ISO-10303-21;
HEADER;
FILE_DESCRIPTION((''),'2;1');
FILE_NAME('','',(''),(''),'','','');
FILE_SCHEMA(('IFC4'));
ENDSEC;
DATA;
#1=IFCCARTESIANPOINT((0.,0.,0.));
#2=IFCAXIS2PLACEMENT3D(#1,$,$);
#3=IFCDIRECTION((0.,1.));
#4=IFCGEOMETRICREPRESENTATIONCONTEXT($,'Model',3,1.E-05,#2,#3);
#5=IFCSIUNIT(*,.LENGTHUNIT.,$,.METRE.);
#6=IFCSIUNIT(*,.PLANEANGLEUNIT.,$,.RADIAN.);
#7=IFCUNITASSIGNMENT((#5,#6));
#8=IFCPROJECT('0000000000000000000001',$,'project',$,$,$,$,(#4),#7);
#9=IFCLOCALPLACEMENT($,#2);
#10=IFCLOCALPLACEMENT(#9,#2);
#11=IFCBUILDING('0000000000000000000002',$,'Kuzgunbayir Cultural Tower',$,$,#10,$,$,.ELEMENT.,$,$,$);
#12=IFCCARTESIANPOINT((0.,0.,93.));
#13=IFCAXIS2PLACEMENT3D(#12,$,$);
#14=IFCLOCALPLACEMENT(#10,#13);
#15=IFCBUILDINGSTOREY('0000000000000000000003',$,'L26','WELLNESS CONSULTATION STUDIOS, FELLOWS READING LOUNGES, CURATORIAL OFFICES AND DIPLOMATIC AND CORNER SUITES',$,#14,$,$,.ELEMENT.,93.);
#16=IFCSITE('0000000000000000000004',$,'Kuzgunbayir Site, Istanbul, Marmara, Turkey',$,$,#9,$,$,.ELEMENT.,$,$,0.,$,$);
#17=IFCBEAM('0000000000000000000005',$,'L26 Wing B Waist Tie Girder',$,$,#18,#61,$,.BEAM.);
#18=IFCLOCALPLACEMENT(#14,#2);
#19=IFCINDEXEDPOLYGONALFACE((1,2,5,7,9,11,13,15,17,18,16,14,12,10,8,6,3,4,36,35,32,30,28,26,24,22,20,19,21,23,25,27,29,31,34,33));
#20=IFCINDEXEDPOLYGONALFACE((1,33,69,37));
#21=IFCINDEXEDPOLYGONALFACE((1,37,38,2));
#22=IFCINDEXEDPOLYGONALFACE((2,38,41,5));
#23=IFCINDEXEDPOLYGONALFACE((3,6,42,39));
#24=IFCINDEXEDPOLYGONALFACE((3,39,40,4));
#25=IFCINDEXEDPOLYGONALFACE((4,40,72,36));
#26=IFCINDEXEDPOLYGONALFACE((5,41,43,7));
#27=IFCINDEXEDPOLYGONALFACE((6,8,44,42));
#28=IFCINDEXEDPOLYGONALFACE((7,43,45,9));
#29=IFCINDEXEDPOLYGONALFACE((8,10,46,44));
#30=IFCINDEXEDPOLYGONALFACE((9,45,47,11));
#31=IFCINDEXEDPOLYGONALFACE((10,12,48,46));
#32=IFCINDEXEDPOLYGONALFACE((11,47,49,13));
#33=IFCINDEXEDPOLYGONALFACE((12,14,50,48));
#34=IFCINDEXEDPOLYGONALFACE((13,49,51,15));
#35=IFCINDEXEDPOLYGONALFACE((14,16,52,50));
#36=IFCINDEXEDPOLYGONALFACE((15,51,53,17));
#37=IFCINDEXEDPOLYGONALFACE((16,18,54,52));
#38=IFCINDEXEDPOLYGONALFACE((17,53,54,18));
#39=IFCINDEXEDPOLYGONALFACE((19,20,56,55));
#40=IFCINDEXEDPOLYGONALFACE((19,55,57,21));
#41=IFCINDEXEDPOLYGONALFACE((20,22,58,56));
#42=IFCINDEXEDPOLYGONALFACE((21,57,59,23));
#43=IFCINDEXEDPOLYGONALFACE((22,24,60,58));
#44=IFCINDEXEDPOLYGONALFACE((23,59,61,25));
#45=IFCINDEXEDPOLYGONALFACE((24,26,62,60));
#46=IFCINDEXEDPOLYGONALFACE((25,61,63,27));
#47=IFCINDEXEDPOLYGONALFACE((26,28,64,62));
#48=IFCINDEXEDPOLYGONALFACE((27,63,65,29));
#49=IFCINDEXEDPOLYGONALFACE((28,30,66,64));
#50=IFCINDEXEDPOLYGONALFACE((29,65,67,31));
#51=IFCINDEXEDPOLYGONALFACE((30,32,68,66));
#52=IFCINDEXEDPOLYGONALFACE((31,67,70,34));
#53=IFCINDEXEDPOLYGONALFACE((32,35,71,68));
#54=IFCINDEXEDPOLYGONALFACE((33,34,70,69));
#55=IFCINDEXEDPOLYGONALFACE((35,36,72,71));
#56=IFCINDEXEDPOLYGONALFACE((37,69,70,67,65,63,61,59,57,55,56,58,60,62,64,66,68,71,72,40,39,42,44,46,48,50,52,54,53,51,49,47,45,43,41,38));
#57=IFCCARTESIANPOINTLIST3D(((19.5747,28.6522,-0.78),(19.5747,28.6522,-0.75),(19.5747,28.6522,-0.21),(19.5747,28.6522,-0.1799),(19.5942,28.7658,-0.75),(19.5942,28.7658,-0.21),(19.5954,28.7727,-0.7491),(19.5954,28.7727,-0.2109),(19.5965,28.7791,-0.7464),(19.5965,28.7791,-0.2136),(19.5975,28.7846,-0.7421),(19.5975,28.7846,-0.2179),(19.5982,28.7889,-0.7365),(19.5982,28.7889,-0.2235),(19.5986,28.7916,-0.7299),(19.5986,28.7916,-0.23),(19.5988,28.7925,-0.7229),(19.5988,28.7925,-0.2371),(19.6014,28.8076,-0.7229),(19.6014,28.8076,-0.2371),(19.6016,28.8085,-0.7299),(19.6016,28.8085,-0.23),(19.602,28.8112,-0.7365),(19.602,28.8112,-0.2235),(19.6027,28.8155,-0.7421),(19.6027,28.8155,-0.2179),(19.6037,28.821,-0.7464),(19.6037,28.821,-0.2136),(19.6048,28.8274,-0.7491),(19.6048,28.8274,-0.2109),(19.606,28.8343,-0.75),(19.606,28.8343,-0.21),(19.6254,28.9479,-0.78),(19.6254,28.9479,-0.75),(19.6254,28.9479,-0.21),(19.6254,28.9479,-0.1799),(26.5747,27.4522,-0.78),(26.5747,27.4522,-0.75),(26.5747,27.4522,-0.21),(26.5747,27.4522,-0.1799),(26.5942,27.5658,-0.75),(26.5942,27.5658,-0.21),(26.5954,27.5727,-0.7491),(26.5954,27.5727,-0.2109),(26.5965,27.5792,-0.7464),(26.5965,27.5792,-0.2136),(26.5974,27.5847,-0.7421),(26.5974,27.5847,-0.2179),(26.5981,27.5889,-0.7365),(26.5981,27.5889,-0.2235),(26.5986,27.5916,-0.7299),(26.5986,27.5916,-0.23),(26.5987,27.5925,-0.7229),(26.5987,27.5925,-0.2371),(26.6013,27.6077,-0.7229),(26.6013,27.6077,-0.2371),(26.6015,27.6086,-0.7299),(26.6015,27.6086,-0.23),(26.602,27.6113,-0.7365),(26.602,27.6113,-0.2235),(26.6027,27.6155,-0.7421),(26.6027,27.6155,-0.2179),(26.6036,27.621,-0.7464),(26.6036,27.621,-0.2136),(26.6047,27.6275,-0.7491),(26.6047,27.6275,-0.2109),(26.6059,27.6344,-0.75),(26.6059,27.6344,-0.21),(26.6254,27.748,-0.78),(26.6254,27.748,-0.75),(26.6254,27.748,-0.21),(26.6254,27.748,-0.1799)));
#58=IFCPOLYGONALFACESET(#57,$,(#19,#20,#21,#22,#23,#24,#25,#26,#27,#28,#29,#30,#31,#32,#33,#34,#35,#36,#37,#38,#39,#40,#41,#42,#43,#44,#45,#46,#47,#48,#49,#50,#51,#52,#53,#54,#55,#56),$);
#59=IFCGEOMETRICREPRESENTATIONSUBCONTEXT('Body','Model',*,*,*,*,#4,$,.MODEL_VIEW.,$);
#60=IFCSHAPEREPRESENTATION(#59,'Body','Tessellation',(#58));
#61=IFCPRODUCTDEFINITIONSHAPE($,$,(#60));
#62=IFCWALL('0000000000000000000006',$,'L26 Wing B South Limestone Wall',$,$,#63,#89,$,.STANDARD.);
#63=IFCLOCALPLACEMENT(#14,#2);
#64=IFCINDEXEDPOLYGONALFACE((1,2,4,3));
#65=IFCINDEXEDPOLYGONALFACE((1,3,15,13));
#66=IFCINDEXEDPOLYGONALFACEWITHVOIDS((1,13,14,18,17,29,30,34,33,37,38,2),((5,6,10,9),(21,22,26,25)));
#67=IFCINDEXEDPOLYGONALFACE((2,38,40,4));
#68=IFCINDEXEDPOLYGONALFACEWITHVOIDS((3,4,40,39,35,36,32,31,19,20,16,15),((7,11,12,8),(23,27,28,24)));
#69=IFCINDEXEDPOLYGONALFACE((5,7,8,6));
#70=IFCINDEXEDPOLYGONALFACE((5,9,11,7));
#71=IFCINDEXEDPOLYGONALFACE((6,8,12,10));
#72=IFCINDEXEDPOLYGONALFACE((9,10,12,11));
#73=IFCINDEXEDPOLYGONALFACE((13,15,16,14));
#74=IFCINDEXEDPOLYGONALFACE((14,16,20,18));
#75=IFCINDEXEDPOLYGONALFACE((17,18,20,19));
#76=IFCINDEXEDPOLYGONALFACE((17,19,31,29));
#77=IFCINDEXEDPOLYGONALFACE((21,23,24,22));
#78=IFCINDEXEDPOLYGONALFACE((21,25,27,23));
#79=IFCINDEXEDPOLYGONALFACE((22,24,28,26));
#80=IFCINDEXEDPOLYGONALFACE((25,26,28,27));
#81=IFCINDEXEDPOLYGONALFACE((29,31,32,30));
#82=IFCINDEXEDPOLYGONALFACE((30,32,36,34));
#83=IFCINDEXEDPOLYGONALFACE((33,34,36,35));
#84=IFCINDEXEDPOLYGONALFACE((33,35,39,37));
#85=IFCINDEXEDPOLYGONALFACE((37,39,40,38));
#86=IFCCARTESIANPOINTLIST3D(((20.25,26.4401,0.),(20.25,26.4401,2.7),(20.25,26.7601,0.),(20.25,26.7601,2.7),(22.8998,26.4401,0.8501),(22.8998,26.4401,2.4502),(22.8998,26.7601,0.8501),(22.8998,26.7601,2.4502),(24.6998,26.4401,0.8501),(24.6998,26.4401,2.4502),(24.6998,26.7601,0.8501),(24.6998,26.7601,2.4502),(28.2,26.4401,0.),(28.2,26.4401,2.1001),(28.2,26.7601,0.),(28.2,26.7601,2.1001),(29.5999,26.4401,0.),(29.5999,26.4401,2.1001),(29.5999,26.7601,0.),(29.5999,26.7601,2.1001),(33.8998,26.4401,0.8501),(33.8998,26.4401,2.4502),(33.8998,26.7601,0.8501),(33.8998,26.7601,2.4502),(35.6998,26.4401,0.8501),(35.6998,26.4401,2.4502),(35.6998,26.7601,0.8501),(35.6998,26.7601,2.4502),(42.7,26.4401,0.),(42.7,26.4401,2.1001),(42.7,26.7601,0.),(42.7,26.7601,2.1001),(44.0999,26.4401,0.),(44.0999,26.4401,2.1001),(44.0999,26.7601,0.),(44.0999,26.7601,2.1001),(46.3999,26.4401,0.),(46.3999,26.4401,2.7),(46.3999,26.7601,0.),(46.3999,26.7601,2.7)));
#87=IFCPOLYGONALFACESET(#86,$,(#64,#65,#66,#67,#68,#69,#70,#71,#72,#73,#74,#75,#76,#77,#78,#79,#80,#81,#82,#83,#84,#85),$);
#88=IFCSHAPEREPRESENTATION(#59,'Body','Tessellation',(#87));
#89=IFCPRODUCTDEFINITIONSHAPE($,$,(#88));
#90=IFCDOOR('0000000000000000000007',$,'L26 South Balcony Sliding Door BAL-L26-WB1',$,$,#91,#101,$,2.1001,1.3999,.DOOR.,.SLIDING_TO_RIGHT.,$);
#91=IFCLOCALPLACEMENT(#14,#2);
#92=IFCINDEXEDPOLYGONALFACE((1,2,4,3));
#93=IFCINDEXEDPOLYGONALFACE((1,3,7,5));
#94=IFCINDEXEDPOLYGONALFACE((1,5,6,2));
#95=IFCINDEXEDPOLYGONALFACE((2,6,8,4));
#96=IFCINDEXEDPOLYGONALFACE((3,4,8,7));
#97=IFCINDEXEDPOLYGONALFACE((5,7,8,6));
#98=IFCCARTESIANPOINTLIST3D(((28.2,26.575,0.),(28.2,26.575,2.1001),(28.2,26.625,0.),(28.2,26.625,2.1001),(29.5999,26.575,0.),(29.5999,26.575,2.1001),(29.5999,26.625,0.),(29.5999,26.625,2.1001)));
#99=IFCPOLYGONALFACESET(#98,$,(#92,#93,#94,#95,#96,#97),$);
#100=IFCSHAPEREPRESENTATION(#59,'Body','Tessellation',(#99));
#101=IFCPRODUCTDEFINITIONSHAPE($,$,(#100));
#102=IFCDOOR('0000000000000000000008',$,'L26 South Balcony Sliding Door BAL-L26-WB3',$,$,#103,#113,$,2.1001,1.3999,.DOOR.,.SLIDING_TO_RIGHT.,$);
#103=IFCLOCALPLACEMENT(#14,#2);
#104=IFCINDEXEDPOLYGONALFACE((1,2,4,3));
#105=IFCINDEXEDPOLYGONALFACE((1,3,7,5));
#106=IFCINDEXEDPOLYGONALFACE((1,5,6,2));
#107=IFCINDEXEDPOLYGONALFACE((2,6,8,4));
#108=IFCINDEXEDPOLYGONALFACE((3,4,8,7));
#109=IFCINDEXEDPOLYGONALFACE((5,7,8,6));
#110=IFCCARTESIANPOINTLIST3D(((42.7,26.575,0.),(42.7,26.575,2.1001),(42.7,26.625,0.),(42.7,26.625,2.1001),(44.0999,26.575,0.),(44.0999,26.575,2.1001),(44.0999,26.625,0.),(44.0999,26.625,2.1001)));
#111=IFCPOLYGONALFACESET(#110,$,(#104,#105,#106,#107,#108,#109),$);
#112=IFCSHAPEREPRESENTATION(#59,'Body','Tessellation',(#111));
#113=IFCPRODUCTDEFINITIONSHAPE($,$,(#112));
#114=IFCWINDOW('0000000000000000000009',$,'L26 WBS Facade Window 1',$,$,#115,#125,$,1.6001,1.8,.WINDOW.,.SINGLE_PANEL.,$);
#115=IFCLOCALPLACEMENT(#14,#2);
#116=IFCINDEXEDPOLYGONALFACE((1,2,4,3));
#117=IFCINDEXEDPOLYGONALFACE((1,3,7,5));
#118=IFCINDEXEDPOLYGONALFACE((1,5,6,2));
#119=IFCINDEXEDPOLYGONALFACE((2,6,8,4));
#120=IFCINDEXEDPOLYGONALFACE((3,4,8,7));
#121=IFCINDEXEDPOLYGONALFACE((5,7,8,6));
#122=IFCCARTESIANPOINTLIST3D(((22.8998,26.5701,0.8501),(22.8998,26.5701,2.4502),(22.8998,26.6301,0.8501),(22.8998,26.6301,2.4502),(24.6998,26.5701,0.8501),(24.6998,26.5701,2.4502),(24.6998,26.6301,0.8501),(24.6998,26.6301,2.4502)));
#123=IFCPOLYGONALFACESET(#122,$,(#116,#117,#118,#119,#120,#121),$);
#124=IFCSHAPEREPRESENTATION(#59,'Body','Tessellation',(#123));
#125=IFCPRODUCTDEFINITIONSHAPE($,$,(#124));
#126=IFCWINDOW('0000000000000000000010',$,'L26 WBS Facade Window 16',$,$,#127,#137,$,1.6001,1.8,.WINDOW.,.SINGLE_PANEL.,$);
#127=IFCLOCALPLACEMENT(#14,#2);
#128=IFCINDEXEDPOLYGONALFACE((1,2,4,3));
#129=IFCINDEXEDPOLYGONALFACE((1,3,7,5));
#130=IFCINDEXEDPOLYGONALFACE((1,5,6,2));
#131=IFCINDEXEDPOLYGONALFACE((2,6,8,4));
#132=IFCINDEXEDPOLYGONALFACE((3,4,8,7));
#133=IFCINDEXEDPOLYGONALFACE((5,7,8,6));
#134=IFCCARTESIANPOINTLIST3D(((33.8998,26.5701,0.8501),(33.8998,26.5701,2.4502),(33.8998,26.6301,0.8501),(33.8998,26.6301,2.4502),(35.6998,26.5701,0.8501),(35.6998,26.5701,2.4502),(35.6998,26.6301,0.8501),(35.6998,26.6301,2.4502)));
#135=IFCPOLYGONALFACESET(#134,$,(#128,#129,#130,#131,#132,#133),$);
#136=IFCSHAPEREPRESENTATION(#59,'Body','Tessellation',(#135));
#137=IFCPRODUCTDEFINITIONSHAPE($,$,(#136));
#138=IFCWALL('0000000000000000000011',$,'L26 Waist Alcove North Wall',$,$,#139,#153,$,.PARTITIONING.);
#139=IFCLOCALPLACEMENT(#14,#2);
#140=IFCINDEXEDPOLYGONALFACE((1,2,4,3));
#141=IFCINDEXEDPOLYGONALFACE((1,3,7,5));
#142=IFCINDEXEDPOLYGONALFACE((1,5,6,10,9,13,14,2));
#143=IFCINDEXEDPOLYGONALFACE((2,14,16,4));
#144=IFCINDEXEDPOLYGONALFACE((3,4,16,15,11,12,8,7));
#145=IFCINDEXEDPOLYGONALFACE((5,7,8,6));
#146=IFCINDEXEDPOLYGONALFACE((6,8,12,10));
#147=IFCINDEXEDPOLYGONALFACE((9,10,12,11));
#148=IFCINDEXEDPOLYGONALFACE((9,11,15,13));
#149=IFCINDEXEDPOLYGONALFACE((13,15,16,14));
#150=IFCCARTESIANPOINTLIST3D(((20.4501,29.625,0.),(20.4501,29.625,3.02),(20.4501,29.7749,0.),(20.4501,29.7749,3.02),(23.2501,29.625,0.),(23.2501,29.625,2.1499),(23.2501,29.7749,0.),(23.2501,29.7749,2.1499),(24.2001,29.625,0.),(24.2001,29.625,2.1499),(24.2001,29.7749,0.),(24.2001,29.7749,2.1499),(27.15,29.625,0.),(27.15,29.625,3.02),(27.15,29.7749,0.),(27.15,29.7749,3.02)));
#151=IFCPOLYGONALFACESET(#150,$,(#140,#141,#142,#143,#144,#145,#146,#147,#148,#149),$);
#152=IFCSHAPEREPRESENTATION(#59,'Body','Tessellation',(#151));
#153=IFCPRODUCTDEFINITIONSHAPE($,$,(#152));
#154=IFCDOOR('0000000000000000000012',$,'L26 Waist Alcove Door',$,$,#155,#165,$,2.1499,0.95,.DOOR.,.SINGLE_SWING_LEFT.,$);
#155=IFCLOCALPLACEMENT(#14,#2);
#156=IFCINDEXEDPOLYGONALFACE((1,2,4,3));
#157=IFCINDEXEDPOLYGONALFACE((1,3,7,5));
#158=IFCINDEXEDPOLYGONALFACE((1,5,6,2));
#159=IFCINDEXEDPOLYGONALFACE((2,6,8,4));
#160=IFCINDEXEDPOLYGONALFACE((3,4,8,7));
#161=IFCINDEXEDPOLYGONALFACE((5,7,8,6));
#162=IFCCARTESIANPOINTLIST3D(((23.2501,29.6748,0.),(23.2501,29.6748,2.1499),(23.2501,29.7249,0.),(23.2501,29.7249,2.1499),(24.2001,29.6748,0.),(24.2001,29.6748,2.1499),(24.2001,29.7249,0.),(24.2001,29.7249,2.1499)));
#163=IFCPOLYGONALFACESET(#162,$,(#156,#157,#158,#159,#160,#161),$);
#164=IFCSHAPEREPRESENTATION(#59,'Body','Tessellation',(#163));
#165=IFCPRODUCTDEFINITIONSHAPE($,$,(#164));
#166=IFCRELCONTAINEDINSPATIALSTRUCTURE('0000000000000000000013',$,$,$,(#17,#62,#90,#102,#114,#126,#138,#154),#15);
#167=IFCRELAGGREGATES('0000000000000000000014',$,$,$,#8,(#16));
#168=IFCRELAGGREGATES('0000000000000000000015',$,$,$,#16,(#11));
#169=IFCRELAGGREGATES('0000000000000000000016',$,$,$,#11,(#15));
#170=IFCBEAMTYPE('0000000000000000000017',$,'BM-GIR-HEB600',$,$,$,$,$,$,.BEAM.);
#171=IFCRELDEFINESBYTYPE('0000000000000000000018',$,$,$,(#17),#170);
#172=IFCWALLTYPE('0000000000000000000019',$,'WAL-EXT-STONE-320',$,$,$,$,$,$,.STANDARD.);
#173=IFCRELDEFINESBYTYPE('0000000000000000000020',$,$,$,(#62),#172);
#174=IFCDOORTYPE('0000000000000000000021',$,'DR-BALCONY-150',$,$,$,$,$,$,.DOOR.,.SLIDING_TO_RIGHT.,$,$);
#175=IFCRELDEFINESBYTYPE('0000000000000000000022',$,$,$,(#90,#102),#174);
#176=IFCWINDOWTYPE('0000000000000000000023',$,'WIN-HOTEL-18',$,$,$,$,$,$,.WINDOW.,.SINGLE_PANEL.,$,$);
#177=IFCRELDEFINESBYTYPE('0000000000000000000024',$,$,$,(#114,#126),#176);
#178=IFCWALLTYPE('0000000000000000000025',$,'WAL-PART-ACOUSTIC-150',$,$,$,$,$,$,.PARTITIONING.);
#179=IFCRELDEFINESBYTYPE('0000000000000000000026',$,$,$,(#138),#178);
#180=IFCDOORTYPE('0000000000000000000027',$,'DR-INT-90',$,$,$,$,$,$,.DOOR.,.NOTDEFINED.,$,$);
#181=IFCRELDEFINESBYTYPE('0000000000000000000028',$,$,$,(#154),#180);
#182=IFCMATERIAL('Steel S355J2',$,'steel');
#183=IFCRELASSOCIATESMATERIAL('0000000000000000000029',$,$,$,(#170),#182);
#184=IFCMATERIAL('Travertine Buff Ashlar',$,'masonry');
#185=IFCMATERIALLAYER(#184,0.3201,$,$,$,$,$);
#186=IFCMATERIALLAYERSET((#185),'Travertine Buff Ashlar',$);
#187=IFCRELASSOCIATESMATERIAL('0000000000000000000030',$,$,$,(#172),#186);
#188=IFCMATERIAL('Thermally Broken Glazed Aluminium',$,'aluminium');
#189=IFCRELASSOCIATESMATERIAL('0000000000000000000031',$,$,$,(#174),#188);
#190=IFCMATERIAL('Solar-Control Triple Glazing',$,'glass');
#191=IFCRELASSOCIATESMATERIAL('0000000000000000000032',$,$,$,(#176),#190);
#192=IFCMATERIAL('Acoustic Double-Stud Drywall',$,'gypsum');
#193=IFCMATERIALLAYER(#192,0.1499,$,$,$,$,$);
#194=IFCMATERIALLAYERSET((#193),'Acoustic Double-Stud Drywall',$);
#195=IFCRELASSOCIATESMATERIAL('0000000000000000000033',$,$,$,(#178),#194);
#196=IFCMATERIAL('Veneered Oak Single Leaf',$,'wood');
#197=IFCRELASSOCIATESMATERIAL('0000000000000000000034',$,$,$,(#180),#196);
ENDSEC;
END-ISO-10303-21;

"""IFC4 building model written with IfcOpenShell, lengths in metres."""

from ifc_helpers import new_model, si_unit, direction, frame, frame_2d, origin, origin_2d, place, context, subcontext, project, spatial, rectangle, i_section, extrude, material, layer, layer_set, material_profile, profile_set, type_object, element, fill, save


model = new_model("IFC4")

# Units and contexts
model_context = context("Model", 3, precision=1e-05, world=origin(), true_north=direction((0.0, 1.0)))
body_context = subcontext(model_context, "Body", "Model", "MODEL_VIEW")
ifc_project = project(units=[si_unit("LENGTHUNIT", "METRE"), si_unit("PLANEANGLEUNIT", "RADIAN")], contexts=[model_context])

# Site, building, storey
site_placement = place(None, origin())
site = spatial("IfcSite", under=ifc_project, at=site_placement, Name="Kuzgunbayir Site, Istanbul, Marmara, Turkey", CompositionType="ELEMENT", RefElevation=0.0)
building_placement = place(site_placement, origin())
building = spatial("IfcBuilding", under=site, at=building_placement, Name="Kuzgunbayir Cultural Tower", CompositionType="ELEMENT")
storey_placement = place(building_placement, frame((0.0, 0.0, 93.0)))
storey = spatial("IfcBuildingStorey", under=building, at=storey_placement, Name="L26", Description="WELLNESS CONSULTATION STUDIOS, FELLOWS READING LOUNGES, CURATORIAL OFFICES AND DIPLOMATIC AND CORNER SUITES", CompositionType="ELEMENT", Elevation=93.0)

# Beam
ifc_material_1 = material(Name="Steel S355J2", Category="steel")
ifc_material_profile_1 = material_profile(ifc_material_1, i_section(OverallWidth=0.3, OverallDepth=0.6001, WebThickness=0.0154, FlangeThickness=0.03, FilletRadius=0.0271, at=origin_2d()), Name="HEB 600")
ifc_profile_set_1 = profile_set([ifc_material_profile_1], Name="Steel S355J2")
beam_type_1 = type_object("IfcBeamType", Name="BM-GIR-HEB600", PredefinedType="BEAM", material=ifc_profile_set_1)
beam_1_placement = place(storey_placement, frame((19.6001, 28.8, -0.48), z_axis=(0.985623, -0.168957, 0.0), x_axis=(0.168957, 0.985623, 0.0)))
element("IfcBeam", 1, at=beam_1_placement, inside=storey, type_object=beam_type_1, Name="L26 Wing B Waist Tie Girder", PredefinedType="BEAM", context=body_context, shape_type="SweptSolid", body=[
    extrude(i_section(OverallWidth=0.3, OverallDepth=0.6001, WebThickness=0.0154, FlangeThickness=0.03, FilletRadius=0.0271, at=origin_2d()), origin(), (0.0, 0.0, 1.0), 7.1021),
])

# Wall, openings, doors, windows
ifc_material_2 = material(Name="Travertine Buff Ashlar", Category="masonry")
ifc_layer_1 = layer(ifc_material_2, 0.3201)
ifc_layer_set_1 = layer_set([ifc_layer_1], Name="Travertine Buff Ashlar")
wall_type_1 = type_object("IfcWallType", Name="WAL-EXT-STONE-320", PredefinedType="STANDARD", material=ifc_layer_set_1)
wall_1_placement = place(storey_placement, frame((20.25, 26.6001, 0.0), z_axis=(0.0, 0.0, 1.0), x_axis=(1.0, 0.0, 0.0)))
wall_1 = element("IfcWall", 2, at=wall_1_placement, inside=storey, type_object=wall_type_1, Name="L26 Wing B South Limestone Wall", PredefinedType="STANDARD", context=body_context, shape_type="SweptSolid", body=[
    extrude(rectangle(XDim=26.1499, YDim=0.3201, at=frame_2d((13.075, 0.0))), origin(), (0.0, 0.0, 1.0), 2.7),
])
opening_1_placement = place(wall_1_placement, frame((7.95, 0.0, 0.0)))
opening_1 = element("IfcOpeningElement", 3, at=opening_1_placement, cuts=wall_1, PredefinedType="OPENING", context=body_context, shape_type="SweptSolid", body=[
    extrude(rectangle(XDim=1.3999, YDim=2.1001, at=frame_2d((0.7, 1.05))), frame((0.0, 0.1699, 0.0), z_axis=(0.0, -1.0, 0.0), x_axis=(1.0, 0.0, 0.0)), (0.0, 0.0, 1.0), 0.3401),
])
opening_2_placement = place(wall_1_placement, frame((22.45, 0.0, 0.0)))
opening_2 = element("IfcOpeningElement", 4, at=opening_2_placement, cuts=wall_1, PredefinedType="OPENING", context=body_context, shape_type="SweptSolid", body=[
    extrude(rectangle(XDim=1.3999, YDim=2.1001, at=frame_2d((0.7, 1.05))), frame((0.0, 0.1699, 0.0), z_axis=(0.0, -1.0, 0.0), x_axis=(1.0, 0.0, 0.0)), (0.0, 0.0, 1.0), 0.3401),
])
opening_3_placement = place(wall_1_placement, frame((2.6499, 0.0, 0.8501)))
opening_3 = element("IfcOpeningElement", 5, at=opening_3_placement, cuts=wall_1, PredefinedType="OPENING", context=body_context, shape_type="SweptSolid", body=[
    extrude(rectangle(XDim=1.8, YDim=1.6001, at=frame_2d((0.8999, 0.8))), frame((0.0, 0.1699, 0.0), z_axis=(0.0, -1.0, 0.0), x_axis=(1.0, 0.0, 0.0)), (0.0, 0.0, 1.0), 0.3401),
])
opening_4_placement = place(wall_1_placement, frame((13.6499, 0.0, 0.8501)))
opening_4 = element("IfcOpeningElement", 6, at=opening_4_placement, cuts=wall_1, PredefinedType="OPENING", context=body_context, shape_type="SweptSolid", body=[
    extrude(rectangle(XDim=1.8, YDim=1.6001, at=frame_2d((0.8999, 0.8))), frame((0.0, 0.1699, 0.0), z_axis=(0.0, -1.0, 0.0), x_axis=(1.0, 0.0, 0.0)), (0.0, 0.0, 1.0), 0.3401),
])
ifc_material_3 = material(Name="Thermally Broken Glazed Aluminium", Category="aluminium")
door_type_1 = type_object("IfcDoorType", Name="DR-BALCONY-150", OperationType="SLIDING_TO_RIGHT", PredefinedType="DOOR", material=ifc_material_3)
door_1_placement = place(opening_1_placement, origin())
door_1 = element("IfcDoor", 7, at=door_1_placement, inside=storey, type_object=door_type_1, Name="L26 South Balcony Sliding Door BAL-L26-WB1", OperationType="SLIDING_TO_RIGHT", OverallHeight=2.1001, OverallWidth=1.3999, PredefinedType="DOOR", context=body_context, shape_type="SweptSolid", body=[
    extrude(rectangle(XDim=1.3999, YDim=2.1001, at=frame_2d((0.7, 1.05))), frame((0.0, 0.0249, 0.0), z_axis=(0.0, -1.0, 0.0), x_axis=(1.0, 0.0, 0.0)), (0.0, 0.0, 1.0), 0.05),
])
fill(opening_1, door_1)
door_2_placement = place(opening_2_placement, origin())
door_2 = element("IfcDoor", 8, at=door_2_placement, inside=storey, type_object=door_type_1, Name="L26 South Balcony Sliding Door BAL-L26-WB3", OperationType="SLIDING_TO_RIGHT", OverallHeight=2.1001, OverallWidth=1.3999, PredefinedType="DOOR", context=body_context, shape_type="SweptSolid", body=[
    extrude(rectangle(XDim=1.3999, YDim=2.1001, at=frame_2d((0.7, 1.05))), frame((0.0, 0.0249, 0.0), z_axis=(0.0, -1.0, 0.0), x_axis=(1.0, 0.0, 0.0)), (0.0, 0.0, 1.0), 0.05),
])
fill(opening_2, door_2)
ifc_material_4 = material(Name="Solar-Control Triple Glazing", Category="glass")
window_type = type_object("IfcWindowType", Name="WIN-HOTEL-18", PartitioningType="SINGLE_PANEL", PredefinedType="WINDOW", material=ifc_material_4)
window_1_placement = place(opening_3_placement, origin())
window_1 = element("IfcWindow", 9, at=window_1_placement, inside=storey, type_object=window_type, Name="L26 WBS Facade Window 1", OverallHeight=1.6001, OverallWidth=1.8, PartitioningType="SINGLE_PANEL", PredefinedType="WINDOW", context=body_context, shape_type="SweptSolid", body=[
    extrude(rectangle(XDim=1.8, YDim=1.6001, at=frame_2d((0.8999, 0.8))), frame((0.0, 0.03, 0.0), z_axis=(0.0, -1.0, 0.0), x_axis=(1.0, 0.0, 0.0)), (0.0, 0.0, 1.0), 0.0601),
])
fill(opening_3, window_1)
window_2_placement = place(opening_4_placement, origin())
window_2 = element("IfcWindow", 10, at=window_2_placement, inside=storey, type_object=window_type, Name="L26 WBS Facade Window 16", OverallHeight=1.6001, OverallWidth=1.8, PartitioningType="SINGLE_PANEL", PredefinedType="WINDOW", context=body_context, shape_type="SweptSolid", body=[
    extrude(rectangle(XDim=1.8, YDim=1.6001, at=frame_2d((0.8999, 0.8))), frame((0.0, 0.03, 0.0), z_axis=(0.0, -1.0, 0.0), x_axis=(1.0, 0.0, 0.0)), (0.0, 0.0, 1.0), 0.0601),
])
fill(opening_4, window_2)

# Wall, opening, door
ifc_material_5 = material(Name="Acoustic Double-Stud Drywall", Category="gypsum")
ifc_layer_2 = layer(ifc_material_5, 0.1499)
ifc_layer_set_2 = layer_set([ifc_layer_2], Name="Acoustic Double-Stud Drywall")
wall_type_2 = type_object("IfcWallType", Name="WAL-PART-ACOUSTIC-150", PredefinedType="PARTITIONING", material=ifc_layer_set_2)
wall_2_placement = place(storey_placement, frame((20.45, 29.7, 0.0), z_axis=(0.0, 0.0, 1.0), x_axis=(1.0, 0.0, 0.0)))
wall_2 = element("IfcWall", 11, at=wall_2_placement, inside=storey, type_object=wall_type_2, Name="L26 Waist Alcove North Wall", PredefinedType="PARTITIONING", context=body_context, shape_type="SweptSolid", body=[
    extrude(rectangle(XDim=6.7, YDim=0.1499, at=frame_2d((3.3501, 0.0))), origin(), (0.0, 0.0, 1.0), 3.02),
])
opening_5_placement = place(wall_2_placement, frame((2.8, 0.0, 0.0)))
opening_5 = element("IfcOpeningElement", 12, at=opening_5_placement, cuts=wall_2, PredefinedType="OPENING", context=body_context, shape_type="SweptSolid", body=[
    extrude(rectangle(XDim=0.95, YDim=2.1499, at=frame_2d((0.4751, 1.075))), frame((0.0, 0.085, 0.0), z_axis=(0.0, -1.0, 0.0), x_axis=(1.0, 0.0, 0.0)), (0.0, 0.0, 1.0), 0.1699),
])
ifc_material_6 = material(Name="Veneered Oak Single Leaf", Category="wood")
door_type_2 = type_object("IfcDoorType", Name="DR-INT-90", OperationType="NOTDEFINED", PredefinedType="DOOR", material=ifc_material_6)
door_3_placement = place(opening_5_placement, origin())
door_3 = element("IfcDoor", 13, at=door_3_placement, inside=storey, type_object=door_type_2, Name="L26 Waist Alcove Door", OperationType="SINGLE_SWING_LEFT", OverallHeight=2.1499, OverallWidth=0.95, PredefinedType="DOOR", context=body_context, shape_type="SweptSolid", body=[
    extrude(rectangle(XDim=0.95, YDim=2.1499, at=frame_2d((0.4751, 1.075))), frame((0.0, 0.0249, 0.0), z_axis=(0.0, -1.0, 0.0), x_axis=(1.0, 0.0, 0.0)), (0.0, 0.0, 1.0), 0.05),
])
fill(opening_5, door_3)

save(model, "model.ifc")
